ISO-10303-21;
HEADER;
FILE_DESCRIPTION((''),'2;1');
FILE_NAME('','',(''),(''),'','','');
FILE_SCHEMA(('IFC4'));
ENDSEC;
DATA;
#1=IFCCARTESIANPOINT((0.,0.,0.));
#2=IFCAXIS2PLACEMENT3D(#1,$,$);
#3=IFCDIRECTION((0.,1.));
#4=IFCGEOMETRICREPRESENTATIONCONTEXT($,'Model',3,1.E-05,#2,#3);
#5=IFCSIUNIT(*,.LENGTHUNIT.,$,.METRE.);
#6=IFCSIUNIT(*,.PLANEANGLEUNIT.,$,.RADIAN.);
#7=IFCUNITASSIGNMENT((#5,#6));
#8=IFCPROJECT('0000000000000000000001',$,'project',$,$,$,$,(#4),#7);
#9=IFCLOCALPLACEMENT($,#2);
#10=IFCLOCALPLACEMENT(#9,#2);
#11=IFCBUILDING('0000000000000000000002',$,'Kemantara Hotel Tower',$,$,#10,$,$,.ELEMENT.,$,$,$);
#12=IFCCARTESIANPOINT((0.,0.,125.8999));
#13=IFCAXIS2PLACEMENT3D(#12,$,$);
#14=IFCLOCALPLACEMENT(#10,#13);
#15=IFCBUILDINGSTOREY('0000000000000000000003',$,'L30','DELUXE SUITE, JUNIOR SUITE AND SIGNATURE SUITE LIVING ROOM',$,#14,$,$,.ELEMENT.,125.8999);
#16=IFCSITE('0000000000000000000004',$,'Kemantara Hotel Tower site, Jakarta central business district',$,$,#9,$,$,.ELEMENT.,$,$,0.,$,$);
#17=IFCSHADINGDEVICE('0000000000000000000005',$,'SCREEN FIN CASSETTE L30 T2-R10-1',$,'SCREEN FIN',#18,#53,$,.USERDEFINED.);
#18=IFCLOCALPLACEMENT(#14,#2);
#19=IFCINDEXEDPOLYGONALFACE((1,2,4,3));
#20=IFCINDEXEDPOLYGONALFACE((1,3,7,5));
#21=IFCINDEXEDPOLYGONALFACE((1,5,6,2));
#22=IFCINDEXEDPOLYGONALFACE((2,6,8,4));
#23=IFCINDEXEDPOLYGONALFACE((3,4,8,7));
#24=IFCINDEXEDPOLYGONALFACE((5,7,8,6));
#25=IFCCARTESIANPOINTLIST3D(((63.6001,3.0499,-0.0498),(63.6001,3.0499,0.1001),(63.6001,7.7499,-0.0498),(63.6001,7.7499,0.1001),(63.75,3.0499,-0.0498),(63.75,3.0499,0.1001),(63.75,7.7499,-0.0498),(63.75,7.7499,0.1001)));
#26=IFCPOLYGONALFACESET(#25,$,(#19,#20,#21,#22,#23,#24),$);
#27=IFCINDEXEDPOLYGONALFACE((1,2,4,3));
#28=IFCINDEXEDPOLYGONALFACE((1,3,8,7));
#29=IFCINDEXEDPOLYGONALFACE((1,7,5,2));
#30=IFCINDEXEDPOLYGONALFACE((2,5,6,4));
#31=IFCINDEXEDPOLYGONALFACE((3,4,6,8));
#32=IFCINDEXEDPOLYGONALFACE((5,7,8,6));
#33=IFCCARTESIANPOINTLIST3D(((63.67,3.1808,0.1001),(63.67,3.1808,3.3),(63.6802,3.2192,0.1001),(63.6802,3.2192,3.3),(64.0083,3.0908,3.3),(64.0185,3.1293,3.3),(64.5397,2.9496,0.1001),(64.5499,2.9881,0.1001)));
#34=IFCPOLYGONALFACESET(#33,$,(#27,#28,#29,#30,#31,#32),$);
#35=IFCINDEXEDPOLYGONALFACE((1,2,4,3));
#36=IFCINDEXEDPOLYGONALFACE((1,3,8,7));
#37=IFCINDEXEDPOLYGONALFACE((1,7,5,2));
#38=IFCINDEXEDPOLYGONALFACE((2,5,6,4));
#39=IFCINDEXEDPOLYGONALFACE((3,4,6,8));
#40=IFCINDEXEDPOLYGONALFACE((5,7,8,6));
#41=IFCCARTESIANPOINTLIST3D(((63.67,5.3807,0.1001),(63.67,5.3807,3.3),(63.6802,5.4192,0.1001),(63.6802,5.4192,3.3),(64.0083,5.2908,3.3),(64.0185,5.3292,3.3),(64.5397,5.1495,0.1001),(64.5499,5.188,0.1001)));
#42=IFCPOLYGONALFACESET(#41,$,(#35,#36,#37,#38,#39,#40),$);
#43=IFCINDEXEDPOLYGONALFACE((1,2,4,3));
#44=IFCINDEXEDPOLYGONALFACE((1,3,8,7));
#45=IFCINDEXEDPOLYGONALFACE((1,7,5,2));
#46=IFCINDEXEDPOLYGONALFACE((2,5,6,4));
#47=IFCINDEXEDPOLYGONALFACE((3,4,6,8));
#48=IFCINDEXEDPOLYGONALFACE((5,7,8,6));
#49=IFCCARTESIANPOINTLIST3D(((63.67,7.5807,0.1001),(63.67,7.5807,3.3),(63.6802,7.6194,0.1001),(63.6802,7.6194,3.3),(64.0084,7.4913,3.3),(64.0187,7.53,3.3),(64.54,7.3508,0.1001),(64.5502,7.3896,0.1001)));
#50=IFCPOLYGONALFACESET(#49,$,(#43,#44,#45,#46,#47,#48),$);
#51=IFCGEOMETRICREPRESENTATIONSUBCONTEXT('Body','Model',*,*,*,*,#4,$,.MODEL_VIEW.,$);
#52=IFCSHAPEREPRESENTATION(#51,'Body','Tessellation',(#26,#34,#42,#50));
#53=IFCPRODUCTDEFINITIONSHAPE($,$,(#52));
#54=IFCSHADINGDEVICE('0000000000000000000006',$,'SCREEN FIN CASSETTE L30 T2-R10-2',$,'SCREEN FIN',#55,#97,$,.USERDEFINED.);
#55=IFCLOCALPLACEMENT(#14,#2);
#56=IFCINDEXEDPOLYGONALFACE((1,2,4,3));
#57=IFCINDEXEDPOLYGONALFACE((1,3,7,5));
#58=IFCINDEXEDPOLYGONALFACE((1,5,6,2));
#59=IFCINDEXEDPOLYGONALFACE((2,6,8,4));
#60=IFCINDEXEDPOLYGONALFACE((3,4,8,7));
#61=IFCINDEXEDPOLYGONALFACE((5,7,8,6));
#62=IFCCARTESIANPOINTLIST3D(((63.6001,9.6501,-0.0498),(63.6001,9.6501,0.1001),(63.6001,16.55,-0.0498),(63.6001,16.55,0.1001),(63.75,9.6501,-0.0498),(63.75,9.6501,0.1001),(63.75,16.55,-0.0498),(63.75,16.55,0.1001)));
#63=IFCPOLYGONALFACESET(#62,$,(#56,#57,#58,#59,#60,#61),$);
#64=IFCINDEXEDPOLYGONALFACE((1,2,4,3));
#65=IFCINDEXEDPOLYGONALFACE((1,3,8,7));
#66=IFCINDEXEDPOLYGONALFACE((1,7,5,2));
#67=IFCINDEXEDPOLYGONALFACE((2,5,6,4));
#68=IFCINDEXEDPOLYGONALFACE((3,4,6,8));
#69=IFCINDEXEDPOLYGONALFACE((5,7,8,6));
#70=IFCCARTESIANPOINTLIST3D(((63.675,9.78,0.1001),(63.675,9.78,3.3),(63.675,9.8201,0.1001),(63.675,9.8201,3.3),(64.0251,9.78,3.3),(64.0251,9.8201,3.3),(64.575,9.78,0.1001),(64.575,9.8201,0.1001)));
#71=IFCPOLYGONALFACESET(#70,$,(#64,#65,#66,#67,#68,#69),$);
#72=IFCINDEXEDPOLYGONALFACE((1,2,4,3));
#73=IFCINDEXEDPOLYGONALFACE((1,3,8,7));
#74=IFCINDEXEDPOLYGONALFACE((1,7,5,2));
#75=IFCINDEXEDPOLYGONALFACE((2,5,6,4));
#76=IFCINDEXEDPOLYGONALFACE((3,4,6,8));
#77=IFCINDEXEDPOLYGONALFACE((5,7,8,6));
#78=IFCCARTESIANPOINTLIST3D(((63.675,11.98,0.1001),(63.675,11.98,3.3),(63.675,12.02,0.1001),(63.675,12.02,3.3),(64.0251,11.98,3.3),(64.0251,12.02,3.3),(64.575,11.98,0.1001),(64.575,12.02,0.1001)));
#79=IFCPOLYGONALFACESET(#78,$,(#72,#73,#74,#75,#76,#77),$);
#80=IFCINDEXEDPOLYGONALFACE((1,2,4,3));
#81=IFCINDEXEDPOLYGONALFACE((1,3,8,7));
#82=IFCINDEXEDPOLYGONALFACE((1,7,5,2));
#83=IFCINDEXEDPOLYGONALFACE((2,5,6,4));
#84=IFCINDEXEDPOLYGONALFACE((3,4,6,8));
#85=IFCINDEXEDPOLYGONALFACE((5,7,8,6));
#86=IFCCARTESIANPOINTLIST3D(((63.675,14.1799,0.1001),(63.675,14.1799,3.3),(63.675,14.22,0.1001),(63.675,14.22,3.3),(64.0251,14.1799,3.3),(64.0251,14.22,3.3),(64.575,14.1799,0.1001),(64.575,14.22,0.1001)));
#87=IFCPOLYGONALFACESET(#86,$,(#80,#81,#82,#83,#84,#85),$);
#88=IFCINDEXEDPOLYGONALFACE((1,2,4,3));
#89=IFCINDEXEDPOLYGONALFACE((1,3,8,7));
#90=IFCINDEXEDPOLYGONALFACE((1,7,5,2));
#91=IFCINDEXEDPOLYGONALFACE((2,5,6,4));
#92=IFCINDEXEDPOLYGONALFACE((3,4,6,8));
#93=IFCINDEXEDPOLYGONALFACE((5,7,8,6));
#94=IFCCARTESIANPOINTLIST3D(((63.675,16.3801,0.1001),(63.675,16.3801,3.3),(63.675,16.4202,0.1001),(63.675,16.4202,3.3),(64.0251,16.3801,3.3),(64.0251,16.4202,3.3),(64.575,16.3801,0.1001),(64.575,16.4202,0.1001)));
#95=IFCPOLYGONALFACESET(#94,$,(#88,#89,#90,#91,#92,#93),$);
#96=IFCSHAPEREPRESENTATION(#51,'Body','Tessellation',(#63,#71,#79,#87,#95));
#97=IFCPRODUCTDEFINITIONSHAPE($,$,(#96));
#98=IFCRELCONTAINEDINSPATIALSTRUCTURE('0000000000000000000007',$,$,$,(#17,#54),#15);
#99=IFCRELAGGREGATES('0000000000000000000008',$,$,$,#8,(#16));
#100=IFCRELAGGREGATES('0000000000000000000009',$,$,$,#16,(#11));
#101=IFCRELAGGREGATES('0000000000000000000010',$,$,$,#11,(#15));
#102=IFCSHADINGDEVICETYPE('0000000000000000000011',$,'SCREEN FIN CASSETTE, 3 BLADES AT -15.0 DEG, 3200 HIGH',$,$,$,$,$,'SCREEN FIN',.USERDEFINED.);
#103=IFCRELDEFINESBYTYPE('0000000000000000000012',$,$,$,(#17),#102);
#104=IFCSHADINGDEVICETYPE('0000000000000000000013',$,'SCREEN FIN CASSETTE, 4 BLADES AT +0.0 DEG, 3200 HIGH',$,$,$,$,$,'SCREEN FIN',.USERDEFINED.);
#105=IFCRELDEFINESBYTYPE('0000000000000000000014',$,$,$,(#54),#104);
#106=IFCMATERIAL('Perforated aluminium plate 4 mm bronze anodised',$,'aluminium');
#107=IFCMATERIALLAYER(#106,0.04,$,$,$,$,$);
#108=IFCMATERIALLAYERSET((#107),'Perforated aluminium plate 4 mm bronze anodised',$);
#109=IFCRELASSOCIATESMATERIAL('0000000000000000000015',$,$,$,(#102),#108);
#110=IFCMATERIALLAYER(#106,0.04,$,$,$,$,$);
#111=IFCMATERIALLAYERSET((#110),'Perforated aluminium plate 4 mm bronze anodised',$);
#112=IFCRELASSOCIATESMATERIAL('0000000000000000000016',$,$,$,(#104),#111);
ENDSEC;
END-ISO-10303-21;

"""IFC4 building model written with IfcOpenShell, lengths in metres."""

from ifc_helpers import new_model, si_unit, direction, frame, origin, origin_2d, place, context, subcontext, project, spatial, polyline, rectangle, outline, extrude, source, transform, mapped, material, layer, layer_set, type_object, element, save


model = new_model("IFC4")

# Units and contexts
model_context = context("Model", 3, precision=1e-05, world=origin(), true_north=direction((0.0, 1.0)))
body_context = subcontext(model_context, "Body", "Model", "MODEL_VIEW")
ifc_project = project(units=[si_unit("LENGTHUNIT", "METRE"), si_unit("PLANEANGLEUNIT", "RADIAN")], contexts=[model_context])

# Site, building, storey
site_placement = place(None, origin())
site = spatial("IfcSite", under=ifc_project, at=site_placement, Name="Kemantara Hotel Tower site, Jakarta central business district", CompositionType="ELEMENT", RefElevation=0.0)
building_placement = place(site_placement, origin())
building = spatial("IfcBuilding", under=site, at=building_placement, Name="Kemantara Hotel Tower", CompositionType="ELEMENT")
storey_placement = place(building_placement, frame((0.0, 0.0, 125.8999)))
storey = spatial("IfcBuildingStorey", under=building, at=storey_placement, Name="L30", Description="DELUXE SUITE, JUNIOR SUITE AND SIGNATURE SUITE LIVING ROOM", CompositionType="ELEMENT", Elevation=125.8999)

# Shading devices
ifc_material_1 = material(Name="Perforated aluminium plate 4 mm bronze anodised", Category="aluminium")
ifc_layer_1 = layer(ifc_material_1, 0.04)
ifc_layer_set_1 = layer_set([ifc_layer_1], Name="Perforated aluminium plate 4 mm bronze anodised")
shading_device_type_1 = type_object("IfcShadingDeviceType", Name="SCREEN FIN CASSETTE, 3 BLADES AT -15.0 DEG, 3200 HIGH", ElementType="SCREEN FIN", PredefinedType="USERDEFINED", material=ifc_layer_set_1)
shared_shape_1 = source(origin(), body_context, "Body", "SweptSolid", [
    extrude(rectangle(XDim=4.7, YDim=0.1499, at=origin_2d()), frame((2.2, -0.075, -0.1499), z_axis=(0.0, 0.0, 1.0), x_axis=(1.0, 0.0, 0.0)), (0.0, 0.0, 1.0), 0.1499),
    extrude(outline(polyline([(0.0, 0.0), (0.8999, 0.0), (0.3501, 3.2), (0.0, 3.2), (0.0, 0.0)])), frame((0.0193, -0.0801, 0.0), z_axis=(-0.966438, 0.256901, 0.0), x_axis=(-0.256901, -0.966438, 0.0)), (0.0, 0.0, 1.0), 0.0398),
    extrude(outline(polyline([(0.0, 0.0), (0.8999, 0.0), (0.3501, 3.2), (0.0, 3.2), (0.0, 0.0)])), frame((2.2192, -0.0801, 0.0), z_axis=(-0.966438, 0.256901, 0.0), x_axis=(-0.256901, -0.966438, 0.0)), (0.0, 0.0, 1.0), 0.0398),
    extrude(outline(polyline([(0.0, 0.0), (0.8999, 0.0), (0.3501, 3.2), (0.0, 3.2), (0.0, 0.0)])), frame((4.4194, -0.0801, 0.0), z_axis=(-0.966838, 0.255391, 0.0), x_axis=(-0.255391, -0.966838, 0.0)), (0.0, 0.0, 1.0), 0.04),
])
shading_device_1_placement = place(storey_placement, frame((63.6001, 3.2, 0.1001), z_axis=(0.0, 0.0, 1.0), x_axis=(0.0, 1.0, 0.0)))
element("IfcShadingDevice", 1, at=shading_device_1_placement, inside=storey, type_object=shading_device_type_1, Name="SCREEN FIN CASSETTE L30 T2-R10-1", ObjectType="SCREEN FIN", PredefinedType="USERDEFINED", context=body_context, shape_type="MappedRepresentation", body=[
    mapped(shared_shape_1, transform((0.0, 0.0, 0.0))),
])
ifc_layer_2 = layer(ifc_material_1, 0.04)
ifc_layer_set_2 = layer_set([ifc_layer_2], Name="Perforated aluminium plate 4 mm bronze anodised")
shading_device_type_2 = type_object("IfcShadingDeviceType", Name="SCREEN FIN CASSETTE, 4 BLADES AT +0.0 DEG, 3200 HIGH", ElementType="SCREEN FIN", PredefinedType="USERDEFINED", material=ifc_layer_set_2)
shared_shape_2 = source(origin(), body_context, "Body", "SweptSolid", [
    extrude(rectangle(XDim=6.8999, YDim=0.1499, at=origin_2d()), frame((3.3, -0.075, -0.1499), z_axis=(0.0, 0.0, 1.0), x_axis=(1.0, 0.0, 0.0)), (0.0, 0.0, 1.0), 0.1499),
    extrude(outline(polyline([(0.0, 0.0), (0.8999, 0.0), (0.3501, 3.2), (0.0, 3.2), (0.0, 0.0)])), frame((0.02, -0.075, 0.0), z_axis=(-1.0, 0.0, 0.0), x_axis=(0.0, -1.0, 0.0)), (0.0, 0.0, 1.0), 0.04),
    extrude(outline(polyline([(0.0, 0.0), (0.8999, 0.0), (0.3501, 3.2), (0.0, 3.2), (0.0, 0.0)])), frame((2.22, -0.075, 0.0), z_axis=(-1.0, 0.0, 0.0), x_axis=(0.0, -1.0, 0.0)), (0.0, 0.0, 1.0), 0.04),
    extrude(outline(polyline([(0.0, 0.0), (0.8999, 0.0), (0.3501, 3.2), (0.0, 3.2), (0.0, 0.0)])), frame((4.4199, -0.075, 0.0), z_axis=(-1.0, 0.0, 0.0), x_axis=(0.0, -1.0, 0.0)), (0.0, 0.0, 1.0), 0.04),
    extrude(outline(polyline([(0.0, 0.0), (0.8999, 0.0), (0.3501, 3.2), (0.0, 3.2), (0.0, 0.0)])), frame((6.6201, -0.075, 0.0), z_axis=(-1.0, 0.0, 0.0), x_axis=(0.0, -1.0, 0.0)), (0.0, 0.0, 1.0), 0.04),
])
shading_device_2_placement = place(storey_placement, frame((63.6001, 9.8, 0.1001), z_axis=(0.0, 0.0, 1.0), x_axis=(0.0, 1.0, 0.0)))
element("IfcShadingDevice", 2, at=shading_device_2_placement, inside=storey, type_object=shading_device_type_2, Name="SCREEN FIN CASSETTE L30 T2-R10-2", ObjectType="SCREEN FIN", PredefinedType="USERDEFINED", context=body_context, shape_type="MappedRepresentation", body=[
    mapped(shared_shape_2, transform((0.0, 0.0, 0.0))),
])

save(model, "model.ifc")
